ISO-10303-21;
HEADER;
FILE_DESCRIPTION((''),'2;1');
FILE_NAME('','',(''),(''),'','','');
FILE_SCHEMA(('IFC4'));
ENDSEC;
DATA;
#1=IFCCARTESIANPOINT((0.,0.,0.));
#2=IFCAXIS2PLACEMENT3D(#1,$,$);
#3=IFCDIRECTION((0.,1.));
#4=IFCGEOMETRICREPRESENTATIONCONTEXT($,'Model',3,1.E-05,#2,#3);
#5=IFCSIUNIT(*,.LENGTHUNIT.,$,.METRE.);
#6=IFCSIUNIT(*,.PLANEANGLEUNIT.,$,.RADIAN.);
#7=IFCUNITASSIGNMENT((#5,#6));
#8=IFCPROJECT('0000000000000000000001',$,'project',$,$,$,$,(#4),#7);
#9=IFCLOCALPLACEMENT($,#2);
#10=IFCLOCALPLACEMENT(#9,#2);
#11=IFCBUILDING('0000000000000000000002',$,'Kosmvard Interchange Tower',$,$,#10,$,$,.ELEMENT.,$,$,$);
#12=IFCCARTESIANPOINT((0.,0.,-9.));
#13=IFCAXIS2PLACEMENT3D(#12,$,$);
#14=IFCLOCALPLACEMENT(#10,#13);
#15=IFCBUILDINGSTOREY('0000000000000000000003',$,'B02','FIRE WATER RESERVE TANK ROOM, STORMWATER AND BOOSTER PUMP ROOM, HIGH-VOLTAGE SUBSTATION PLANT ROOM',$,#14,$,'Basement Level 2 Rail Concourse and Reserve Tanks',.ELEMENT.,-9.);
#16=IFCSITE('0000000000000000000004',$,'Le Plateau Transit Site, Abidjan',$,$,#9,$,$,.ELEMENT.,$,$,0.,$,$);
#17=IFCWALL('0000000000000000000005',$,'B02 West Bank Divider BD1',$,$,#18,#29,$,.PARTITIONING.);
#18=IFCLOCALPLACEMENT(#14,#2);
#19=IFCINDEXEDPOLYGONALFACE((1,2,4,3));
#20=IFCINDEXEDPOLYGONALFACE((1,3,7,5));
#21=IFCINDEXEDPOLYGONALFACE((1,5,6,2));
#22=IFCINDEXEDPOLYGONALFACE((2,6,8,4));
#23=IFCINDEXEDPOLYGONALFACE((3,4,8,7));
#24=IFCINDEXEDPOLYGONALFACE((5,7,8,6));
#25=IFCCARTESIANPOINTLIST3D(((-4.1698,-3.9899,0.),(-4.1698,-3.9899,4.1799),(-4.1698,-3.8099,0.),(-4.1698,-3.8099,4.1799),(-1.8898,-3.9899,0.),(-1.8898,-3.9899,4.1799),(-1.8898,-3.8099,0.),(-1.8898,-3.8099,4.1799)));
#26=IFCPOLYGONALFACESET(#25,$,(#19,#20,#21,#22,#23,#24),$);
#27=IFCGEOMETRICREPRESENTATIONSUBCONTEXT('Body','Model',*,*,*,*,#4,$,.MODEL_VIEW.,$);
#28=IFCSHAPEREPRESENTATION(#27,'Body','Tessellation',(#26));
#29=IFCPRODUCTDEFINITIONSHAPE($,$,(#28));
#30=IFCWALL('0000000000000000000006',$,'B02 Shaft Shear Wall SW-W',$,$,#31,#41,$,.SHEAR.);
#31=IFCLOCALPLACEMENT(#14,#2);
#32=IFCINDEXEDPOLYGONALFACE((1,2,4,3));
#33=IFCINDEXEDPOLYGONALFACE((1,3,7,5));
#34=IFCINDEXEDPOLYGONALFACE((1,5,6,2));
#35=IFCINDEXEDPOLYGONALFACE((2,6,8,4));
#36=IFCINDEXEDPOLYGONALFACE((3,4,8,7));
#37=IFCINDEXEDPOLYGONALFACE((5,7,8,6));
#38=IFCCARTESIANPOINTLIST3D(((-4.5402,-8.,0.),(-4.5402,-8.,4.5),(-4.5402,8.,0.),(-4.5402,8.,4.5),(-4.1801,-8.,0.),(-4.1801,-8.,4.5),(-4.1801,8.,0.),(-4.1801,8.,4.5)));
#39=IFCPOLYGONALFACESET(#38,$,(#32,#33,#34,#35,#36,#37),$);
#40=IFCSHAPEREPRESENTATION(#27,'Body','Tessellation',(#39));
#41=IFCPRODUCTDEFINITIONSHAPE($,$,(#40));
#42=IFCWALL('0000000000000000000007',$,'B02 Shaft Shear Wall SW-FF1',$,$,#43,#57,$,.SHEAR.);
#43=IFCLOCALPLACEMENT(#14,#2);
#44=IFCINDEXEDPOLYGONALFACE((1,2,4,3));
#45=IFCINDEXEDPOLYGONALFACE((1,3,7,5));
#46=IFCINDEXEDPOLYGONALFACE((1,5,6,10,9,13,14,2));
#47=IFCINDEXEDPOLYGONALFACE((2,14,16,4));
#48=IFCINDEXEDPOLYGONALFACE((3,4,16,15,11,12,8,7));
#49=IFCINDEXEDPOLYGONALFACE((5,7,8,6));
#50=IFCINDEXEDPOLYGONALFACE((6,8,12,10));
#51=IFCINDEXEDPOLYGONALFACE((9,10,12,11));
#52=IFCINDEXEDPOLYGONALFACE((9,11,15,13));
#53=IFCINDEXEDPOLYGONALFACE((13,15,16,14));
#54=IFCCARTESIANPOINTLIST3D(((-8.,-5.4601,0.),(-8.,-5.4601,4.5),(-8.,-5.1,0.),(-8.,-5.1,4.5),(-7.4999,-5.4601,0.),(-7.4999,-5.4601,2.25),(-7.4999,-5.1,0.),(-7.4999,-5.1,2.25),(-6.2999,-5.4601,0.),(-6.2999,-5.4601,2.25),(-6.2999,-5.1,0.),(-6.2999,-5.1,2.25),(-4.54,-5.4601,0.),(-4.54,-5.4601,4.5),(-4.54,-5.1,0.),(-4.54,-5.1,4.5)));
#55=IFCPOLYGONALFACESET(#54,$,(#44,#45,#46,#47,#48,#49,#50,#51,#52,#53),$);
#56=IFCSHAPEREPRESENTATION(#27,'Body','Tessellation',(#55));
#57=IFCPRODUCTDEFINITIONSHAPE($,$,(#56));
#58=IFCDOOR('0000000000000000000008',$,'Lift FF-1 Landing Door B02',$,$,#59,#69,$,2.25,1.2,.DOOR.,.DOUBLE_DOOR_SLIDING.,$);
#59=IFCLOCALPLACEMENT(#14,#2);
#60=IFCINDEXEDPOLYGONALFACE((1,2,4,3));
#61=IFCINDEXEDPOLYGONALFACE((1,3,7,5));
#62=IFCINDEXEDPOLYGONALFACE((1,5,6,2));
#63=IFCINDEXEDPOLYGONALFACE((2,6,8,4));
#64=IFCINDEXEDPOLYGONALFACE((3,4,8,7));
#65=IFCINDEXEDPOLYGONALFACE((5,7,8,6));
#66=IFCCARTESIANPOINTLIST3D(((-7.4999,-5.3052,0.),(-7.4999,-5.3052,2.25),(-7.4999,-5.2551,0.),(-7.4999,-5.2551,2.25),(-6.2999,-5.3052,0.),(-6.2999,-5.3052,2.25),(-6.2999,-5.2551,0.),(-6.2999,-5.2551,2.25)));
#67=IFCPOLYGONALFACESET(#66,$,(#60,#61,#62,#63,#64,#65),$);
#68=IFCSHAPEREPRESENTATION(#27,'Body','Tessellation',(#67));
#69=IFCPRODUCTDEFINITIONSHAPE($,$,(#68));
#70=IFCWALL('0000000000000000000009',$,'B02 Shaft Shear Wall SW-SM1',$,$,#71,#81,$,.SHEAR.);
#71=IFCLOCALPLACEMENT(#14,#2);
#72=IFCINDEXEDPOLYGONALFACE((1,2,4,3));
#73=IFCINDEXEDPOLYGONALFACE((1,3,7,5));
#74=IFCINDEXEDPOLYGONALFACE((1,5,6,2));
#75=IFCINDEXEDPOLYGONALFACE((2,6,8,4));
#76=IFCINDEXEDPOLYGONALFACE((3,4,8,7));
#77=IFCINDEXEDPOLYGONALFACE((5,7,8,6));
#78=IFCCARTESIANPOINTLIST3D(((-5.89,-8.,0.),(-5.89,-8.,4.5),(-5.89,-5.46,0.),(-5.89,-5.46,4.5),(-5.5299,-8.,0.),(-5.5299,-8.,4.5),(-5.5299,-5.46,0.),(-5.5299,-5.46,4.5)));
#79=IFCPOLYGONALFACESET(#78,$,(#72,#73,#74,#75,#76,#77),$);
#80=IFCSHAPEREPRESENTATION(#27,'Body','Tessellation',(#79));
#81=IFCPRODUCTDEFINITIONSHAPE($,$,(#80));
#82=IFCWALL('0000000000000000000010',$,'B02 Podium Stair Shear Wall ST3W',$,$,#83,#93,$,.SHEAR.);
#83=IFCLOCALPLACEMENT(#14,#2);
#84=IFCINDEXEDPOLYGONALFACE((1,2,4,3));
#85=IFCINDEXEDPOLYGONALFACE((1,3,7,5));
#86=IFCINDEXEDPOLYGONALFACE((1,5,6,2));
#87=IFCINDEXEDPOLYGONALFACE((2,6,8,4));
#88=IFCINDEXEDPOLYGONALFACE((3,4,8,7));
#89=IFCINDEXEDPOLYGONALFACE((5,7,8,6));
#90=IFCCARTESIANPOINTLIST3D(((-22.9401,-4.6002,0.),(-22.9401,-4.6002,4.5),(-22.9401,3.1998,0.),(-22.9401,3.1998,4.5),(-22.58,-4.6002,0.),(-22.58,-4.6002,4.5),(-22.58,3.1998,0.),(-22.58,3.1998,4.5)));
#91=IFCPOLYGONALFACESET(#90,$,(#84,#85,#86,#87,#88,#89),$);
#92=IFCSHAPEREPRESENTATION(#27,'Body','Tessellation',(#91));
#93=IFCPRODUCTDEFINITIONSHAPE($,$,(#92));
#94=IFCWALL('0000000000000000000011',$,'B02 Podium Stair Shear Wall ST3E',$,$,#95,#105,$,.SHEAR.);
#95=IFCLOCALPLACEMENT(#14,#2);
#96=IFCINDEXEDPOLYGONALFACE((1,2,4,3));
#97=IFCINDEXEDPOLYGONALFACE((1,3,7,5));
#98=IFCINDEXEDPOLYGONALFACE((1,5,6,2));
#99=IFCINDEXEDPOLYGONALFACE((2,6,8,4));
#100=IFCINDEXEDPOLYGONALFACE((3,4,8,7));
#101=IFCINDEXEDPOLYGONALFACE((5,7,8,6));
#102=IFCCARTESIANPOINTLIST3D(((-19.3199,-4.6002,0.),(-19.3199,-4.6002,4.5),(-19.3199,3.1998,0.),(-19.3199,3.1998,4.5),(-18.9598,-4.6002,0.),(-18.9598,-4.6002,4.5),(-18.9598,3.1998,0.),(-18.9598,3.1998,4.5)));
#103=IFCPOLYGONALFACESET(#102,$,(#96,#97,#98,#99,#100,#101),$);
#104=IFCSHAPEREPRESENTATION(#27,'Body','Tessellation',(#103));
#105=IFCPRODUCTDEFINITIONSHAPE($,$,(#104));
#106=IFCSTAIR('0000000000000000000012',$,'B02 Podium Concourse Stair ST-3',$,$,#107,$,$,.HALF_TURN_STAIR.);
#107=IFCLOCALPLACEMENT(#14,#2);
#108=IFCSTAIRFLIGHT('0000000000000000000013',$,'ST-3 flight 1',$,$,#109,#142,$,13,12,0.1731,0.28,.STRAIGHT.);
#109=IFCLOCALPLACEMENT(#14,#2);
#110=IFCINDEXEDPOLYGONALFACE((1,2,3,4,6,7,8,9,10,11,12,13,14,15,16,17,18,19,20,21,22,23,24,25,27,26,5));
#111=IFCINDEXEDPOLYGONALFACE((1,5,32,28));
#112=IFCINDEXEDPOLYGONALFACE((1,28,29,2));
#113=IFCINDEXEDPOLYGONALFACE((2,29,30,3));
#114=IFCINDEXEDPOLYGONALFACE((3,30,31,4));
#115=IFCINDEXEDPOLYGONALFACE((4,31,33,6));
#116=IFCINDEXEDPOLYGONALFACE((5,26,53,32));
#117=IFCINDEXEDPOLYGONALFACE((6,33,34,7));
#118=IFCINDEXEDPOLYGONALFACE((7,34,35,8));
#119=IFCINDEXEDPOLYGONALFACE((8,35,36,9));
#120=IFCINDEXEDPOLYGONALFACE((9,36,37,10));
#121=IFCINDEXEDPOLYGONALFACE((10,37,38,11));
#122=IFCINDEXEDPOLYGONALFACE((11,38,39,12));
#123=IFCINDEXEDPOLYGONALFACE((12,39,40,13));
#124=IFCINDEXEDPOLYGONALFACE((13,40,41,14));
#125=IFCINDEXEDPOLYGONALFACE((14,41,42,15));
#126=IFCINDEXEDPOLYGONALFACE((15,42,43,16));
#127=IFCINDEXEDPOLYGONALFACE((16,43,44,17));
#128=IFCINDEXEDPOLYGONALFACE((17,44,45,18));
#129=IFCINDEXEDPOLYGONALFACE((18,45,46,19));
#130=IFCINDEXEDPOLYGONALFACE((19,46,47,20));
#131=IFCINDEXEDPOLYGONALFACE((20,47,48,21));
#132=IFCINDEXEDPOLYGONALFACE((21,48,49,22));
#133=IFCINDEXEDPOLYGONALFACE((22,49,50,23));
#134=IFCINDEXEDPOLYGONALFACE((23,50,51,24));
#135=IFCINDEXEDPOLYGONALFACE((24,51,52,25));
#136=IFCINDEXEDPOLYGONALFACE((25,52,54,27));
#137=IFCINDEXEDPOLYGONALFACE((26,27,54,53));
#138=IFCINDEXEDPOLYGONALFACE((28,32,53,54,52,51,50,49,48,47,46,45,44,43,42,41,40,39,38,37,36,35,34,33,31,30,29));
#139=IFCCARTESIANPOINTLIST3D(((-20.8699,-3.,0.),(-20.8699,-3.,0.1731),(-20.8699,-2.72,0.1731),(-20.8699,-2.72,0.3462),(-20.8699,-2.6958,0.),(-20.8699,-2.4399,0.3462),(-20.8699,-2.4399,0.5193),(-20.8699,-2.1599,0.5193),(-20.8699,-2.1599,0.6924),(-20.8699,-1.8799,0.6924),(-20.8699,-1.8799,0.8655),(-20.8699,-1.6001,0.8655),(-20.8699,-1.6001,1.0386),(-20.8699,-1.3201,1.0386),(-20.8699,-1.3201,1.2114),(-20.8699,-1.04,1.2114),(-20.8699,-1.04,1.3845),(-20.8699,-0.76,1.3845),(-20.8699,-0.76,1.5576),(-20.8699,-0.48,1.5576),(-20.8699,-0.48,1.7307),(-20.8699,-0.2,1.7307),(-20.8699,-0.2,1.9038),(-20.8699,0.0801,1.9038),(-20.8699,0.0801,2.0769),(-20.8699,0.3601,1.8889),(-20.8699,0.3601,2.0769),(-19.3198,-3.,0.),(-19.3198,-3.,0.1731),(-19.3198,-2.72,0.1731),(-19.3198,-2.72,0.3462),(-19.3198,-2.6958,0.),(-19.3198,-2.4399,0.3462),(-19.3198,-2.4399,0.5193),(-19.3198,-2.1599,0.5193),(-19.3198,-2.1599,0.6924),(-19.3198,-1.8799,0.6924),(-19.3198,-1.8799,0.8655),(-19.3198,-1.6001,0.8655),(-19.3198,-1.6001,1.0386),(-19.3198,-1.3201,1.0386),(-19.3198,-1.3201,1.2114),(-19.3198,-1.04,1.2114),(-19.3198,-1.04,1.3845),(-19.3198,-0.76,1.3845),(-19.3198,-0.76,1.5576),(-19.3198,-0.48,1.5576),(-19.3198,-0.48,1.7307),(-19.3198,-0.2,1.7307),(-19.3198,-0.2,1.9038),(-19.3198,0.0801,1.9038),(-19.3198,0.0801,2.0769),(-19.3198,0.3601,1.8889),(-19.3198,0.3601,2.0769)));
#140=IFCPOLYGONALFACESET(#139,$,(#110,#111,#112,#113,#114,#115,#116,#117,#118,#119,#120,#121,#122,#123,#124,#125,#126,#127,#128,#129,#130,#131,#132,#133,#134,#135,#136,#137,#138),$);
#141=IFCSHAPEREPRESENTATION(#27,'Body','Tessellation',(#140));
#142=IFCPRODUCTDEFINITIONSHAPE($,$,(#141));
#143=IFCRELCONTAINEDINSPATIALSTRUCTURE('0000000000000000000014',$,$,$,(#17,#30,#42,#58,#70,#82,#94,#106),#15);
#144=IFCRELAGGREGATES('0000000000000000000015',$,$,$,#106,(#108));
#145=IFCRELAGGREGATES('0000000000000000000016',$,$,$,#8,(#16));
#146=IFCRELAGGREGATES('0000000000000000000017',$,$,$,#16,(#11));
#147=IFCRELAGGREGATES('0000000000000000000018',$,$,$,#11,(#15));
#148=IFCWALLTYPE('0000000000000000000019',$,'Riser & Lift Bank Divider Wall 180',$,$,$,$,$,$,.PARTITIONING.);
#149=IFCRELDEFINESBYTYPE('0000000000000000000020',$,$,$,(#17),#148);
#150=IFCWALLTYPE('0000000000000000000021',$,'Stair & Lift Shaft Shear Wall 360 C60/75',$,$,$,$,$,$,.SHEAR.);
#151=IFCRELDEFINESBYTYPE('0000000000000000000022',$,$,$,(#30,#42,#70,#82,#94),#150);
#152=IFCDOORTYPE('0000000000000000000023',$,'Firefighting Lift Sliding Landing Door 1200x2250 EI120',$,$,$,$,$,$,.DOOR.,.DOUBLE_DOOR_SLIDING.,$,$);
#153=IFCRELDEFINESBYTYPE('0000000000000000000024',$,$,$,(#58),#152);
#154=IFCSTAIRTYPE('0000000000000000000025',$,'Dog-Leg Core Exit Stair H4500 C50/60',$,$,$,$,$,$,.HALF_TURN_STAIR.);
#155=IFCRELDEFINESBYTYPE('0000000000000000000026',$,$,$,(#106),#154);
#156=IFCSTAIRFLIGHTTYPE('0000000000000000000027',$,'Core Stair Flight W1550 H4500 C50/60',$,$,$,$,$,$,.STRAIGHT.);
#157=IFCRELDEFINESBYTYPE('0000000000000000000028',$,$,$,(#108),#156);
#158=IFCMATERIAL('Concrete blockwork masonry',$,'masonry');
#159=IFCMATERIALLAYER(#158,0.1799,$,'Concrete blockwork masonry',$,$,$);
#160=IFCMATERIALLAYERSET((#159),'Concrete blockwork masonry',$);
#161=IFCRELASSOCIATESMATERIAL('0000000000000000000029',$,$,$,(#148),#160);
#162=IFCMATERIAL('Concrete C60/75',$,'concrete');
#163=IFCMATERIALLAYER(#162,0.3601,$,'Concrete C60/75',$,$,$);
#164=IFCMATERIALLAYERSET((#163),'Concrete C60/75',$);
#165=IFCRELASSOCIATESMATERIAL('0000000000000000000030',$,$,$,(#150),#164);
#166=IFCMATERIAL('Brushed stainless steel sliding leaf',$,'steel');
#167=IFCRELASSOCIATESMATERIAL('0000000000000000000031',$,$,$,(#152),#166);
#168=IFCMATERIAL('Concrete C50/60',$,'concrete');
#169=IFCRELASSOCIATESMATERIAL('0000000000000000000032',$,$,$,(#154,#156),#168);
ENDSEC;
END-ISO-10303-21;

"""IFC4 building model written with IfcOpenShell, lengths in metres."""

from ifc_helpers import new_model, si_unit, direction, frame, frame_2d, origin, place, context, subcontext, project, spatial, polyline, rectangle, outline, extrude, source, transform, mapped, material, layer, layer_set, type_object, element, fill, aggregate, save


model = new_model("IFC4")

# Units and contexts
model_context = context("Model", 3, precision=1e-05, world=origin(), true_north=direction((0.0, 1.0)))
body_context = subcontext(model_context, "Body", "Model", "MODEL_VIEW")
ifc_project = project(units=[si_unit("LENGTHUNIT", "METRE"), si_unit("PLANEANGLEUNIT", "RADIAN")], contexts=[model_context])

# Site, building, storey
site_placement = place(None, origin())
site = spatial("IfcSite", under=ifc_project, at=site_placement, Name="Le Plateau Transit Site, Abidjan", CompositionType="ELEMENT", RefElevation=0.0)
building_placement = place(site_placement, origin())
building = spatial("IfcBuilding", under=site, at=building_placement, Name="Kosmvard Interchange Tower", CompositionType="ELEMENT")
storey_placement = place(building_placement, frame((0.0, 0.0, -9.0)))
storey = spatial("IfcBuildingStorey", under=building, at=storey_placement, Name="B02", Description="FIRE WATER RESERVE TANK ROOM, STORMWATER AND BOOSTER PUMP ROOM, HIGH-VOLTAGE SUBSTATION PLANT ROOM", LongName="Basement Level 2 Rail Concourse and Reserve Tanks", CompositionType="ELEMENT", Elevation=-9.0)

# Shared definitions
ifc_material_1 = material(Name="Concrete C50/60", Category="concrete")

# Shared definitions
ifc_material_2 = material(Name="Concrete blockwork masonry", Category="masonry")

# Walls
ifc_layer_1 = layer(ifc_material_2, 0.1799, Name="Concrete blockwork masonry")
ifc_layer_set_1 = layer_set([ifc_layer_1], Name="Concrete blockwork masonry")
wall_type_1 = type_object("IfcWallType", Name="Riser & Lift Bank Divider Wall 180", PredefinedType="PARTITIONING", material=ifc_layer_set_1)
wall_1_placement = place(storey_placement, frame((-4.1699, -3.8999, 0.0), z_axis=(0.0, 0.0, 1.0), x_axis=(1.0, 0.0, 0.0)))
element("IfcWall", 1, at=wall_1_placement, inside=storey, type_object=wall_type_1, Name="B02 West Bank Divider BD1", PredefinedType="PARTITIONING", context=body_context, shape_type="SweptSolid", body=[
    extrude(rectangle(XDim=2.28, YDim=0.1799, at=frame_2d((1.1401, 0.0))), origin(), (0.0, 0.0, 1.0), 4.1799),
])
ifc_material_3 = material(Name="Concrete C60/75", Category="concrete")
ifc_layer_2 = layer(ifc_material_3, 0.3601, Name="Concrete C60/75")
ifc_layer_set_2 = layer_set([ifc_layer_2], Name="Concrete C60/75")
wall_type_2 = type_object("IfcWallType", Name="Stair & Lift Shaft Shear Wall 360 C60/75", PredefinedType="SHEAR", material=ifc_layer_set_2)
wall_2_placement = place(storey_placement, frame((-4.3601, -8.0, 0.0), z_axis=(0.0, 0.0, 1.0), x_axis=(0.0, 1.0, 0.0)))
element("IfcWall", 2, at=wall_2_placement, inside=storey, type_object=wall_type_2, Name="B02 Shaft Shear Wall SW-W", PredefinedType="SHEAR", context=body_context, shape_type="SweptSolid", body=[
    extrude(rectangle(XDim=16.0, YDim=0.3601, at=frame_2d((8.0, 0.0))), origin(), (0.0, 0.0, 1.0), 4.5),
])

# Wall, opening, door
wall_3_placement = place(storey_placement, frame((-8.0, -5.28, 0.0), z_axis=(0.0, 0.0, 1.0), x_axis=(1.0, 0.0, 0.0)))
wall_3 = element("IfcWall", 3, at=wall_3_placement, inside=storey, type_object=wall_type_2, Name="B02 Shaft Shear Wall SW-FF1", PredefinedType="SHEAR", context=body_context, shape_type="SweptSolid", body=[
    extrude(rectangle(XDim=3.46, YDim=0.3601, at=frame_2d((1.73, 0.0))), origin(), (0.0, 0.0, 1.0), 4.5),
])
opening_1_placement = place(wall_3_placement, frame((0.5, 0.0, 0.0)))
opening_1 = element("IfcOpeningElement", 4, at=opening_1_placement, cuts=wall_3, PredefinedType="OPENING", context=body_context, shape_type="SweptSolid", body=[
    extrude(rectangle(XDim=1.2, YDim=2.25, at=frame_2d((0.6001, 1.125))), frame((0.0, 0.1899, 0.0), z_axis=(0.0, -1.0, 0.0), x_axis=(1.0, 0.0, 0.0)), (0.0, 0.0, 1.0), 0.3801),
])
ifc_material_4 = material(Name="Brushed stainless steel sliding leaf", Category="steel")
door_type_1 = type_object("IfcDoorType", Name="Firefighting Lift Sliding Landing Door 1200x2250 EI120", OperationType="DOUBLE_DOOR_SLIDING", PredefinedType="DOOR", material=ifc_material_4)
shared_shape_1 = source(origin(), body_context, "Body", "SweptSolid", [
    extrude(rectangle(XDim=1.2, YDim=2.25, at=frame_2d((0.6001, 1.125))), frame((0.0, 0.0249, 0.0), z_axis=(0.0, -1.0, 0.0), x_axis=(1.0, 0.0, 0.0)), (0.0, 0.0, 1.0), 0.05),
])
door_1_placement = place(opening_1_placement, origin())
door_1 = element("IfcDoor", 5, at=door_1_placement, inside=storey, type_object=door_type_1, Name="Lift FF-1 Landing Door B02", OperationType="DOUBLE_DOOR_SLIDING", OverallHeight=2.25, OverallWidth=1.2, PredefinedType="DOOR", context=body_context, shape_type="MappedRepresentation", body=[
    mapped(shared_shape_1, transform((0.0, 0.0, 0.0), scale=1.0)),
])
fill(opening_1, door_1)

# Walls
wall_4_placement = place(storey_placement, frame((-5.71, -8.0, 0.0), z_axis=(0.0, 0.0, 1.0), x_axis=(0.0, 1.0, 0.0)))
element("IfcWall", 6, at=wall_4_placement, inside=storey, type_object=wall_type_2, Name="B02 Shaft Shear Wall SW-SM1", PredefinedType="SHEAR", context=body_context, shape_type="SweptSolid", body=[
    extrude(rectangle(XDim=2.54, YDim=0.3601, at=frame_2d((1.27, 0.0))), origin(), (0.0, 0.0, 1.0), 4.5),
])
for number, where, z_axis, x_axis, name in (
    (7, (-22.76, -4.6001, 0.0), (0.0, 0.0, 1.0), (0.0, 1.0, 0.0), "B02 Podium Stair Shear Wall ST3W"),
    (8, (-19.1399, -4.6001, 0.0), (0.0, 0.0, 1.0), (0.0, 1.0, 0.0), "B02 Podium Stair Shear Wall ST3E"),
):
    element("IfcWall", number, at=place(storey_placement, frame(where, z_axis=z_axis, x_axis=x_axis)), inside=storey, type_object=wall_type_2, Name=name, PredefinedType="SHEAR", context=body_context, shape_type="SweptSolid", body=[
        extrude(rectangle(XDim=7.8, YDim=0.3601, at=frame_2d((3.8999, 0.0))), origin(), (0.0, 0.0, 1.0), 4.5),
    ])

# Stair, stair flight
stair_type = type_object("IfcStairType", Name="Dog-Leg Core Exit Stair H4500 C50/60", PredefinedType="HALF_TURN_STAIR", material=ifc_material_1)
stair_placement = place(storey_placement, origin())
stair = element("IfcStair", 9, at=stair_placement, inside=storey, type_object=stair_type, Name="B02 Podium Concourse Stair ST-3", PredefinedType="HALF_TURN_STAIR")
stair_flight_type = type_object("IfcStairFlightType", Name="Core Stair Flight W1550 H4500 C50/60", PredefinedType="STRAIGHT", material=ifc_material_1)
shared_shape_2 = source(origin(), body_context, "Body", "SweptSolid", [
    extrude(outline(polyline([(0.0, 0.0), (0.0, 0.1731), (0.28, 0.1731), (0.28, 0.3462), (0.5601, 0.3462), (0.5601, 0.5193), (0.8401, 0.5193), (0.8401, 0.6924), (1.1201, 0.6924), (1.1201, 0.8655), (1.3999, 0.8655), (1.3999, 1.0386), (1.6799, 1.0386), (1.6799, 1.2114), (1.96, 1.2114), (1.96, 1.3845), (2.24, 1.3845), (2.24, 1.5576), (2.52, 1.5576), (2.52, 1.7307), (2.8, 1.7307), (2.8, 1.9038), (3.0801, 1.9038), (3.0801, 2.0769), (3.3601, 2.0769), (3.3601, 2.25), (3.3601, 1.8889), (0.3042, 0.0), (0.0, 0.0)])), frame((0.0, 0.7749, 0.0), z_axis=(0.0, -1.0, 0.0), x_axis=(1.0, 0.0, 0.0)), (0.0, 0.0, 1.0), 1.55),
])
stair_flight_placement = place(storey_placement, frame((-20.095, -3.0, 0.0), z_axis=(0.0, 0.0, 1.0), x_axis=(0.0, 1.0, 0.0)))
stair_flight = element("IfcStairFlight", 10, at=stair_flight_placement, type_object=stair_flight_type, Name="ST-3 flight 1", NumberOfRisers=13, NumberOfTreads=12, PredefinedType="STRAIGHT", RiserHeight=0.1731, TreadLength=0.28, context=body_context, shape_type="MappedRepresentation", body=[
    mapped(shared_shape_2, transform((0.0, 0.0, 0.0), scale=1.0)),
])
aggregate(stair, [stair_flight])

save(model, "model.ifc")
